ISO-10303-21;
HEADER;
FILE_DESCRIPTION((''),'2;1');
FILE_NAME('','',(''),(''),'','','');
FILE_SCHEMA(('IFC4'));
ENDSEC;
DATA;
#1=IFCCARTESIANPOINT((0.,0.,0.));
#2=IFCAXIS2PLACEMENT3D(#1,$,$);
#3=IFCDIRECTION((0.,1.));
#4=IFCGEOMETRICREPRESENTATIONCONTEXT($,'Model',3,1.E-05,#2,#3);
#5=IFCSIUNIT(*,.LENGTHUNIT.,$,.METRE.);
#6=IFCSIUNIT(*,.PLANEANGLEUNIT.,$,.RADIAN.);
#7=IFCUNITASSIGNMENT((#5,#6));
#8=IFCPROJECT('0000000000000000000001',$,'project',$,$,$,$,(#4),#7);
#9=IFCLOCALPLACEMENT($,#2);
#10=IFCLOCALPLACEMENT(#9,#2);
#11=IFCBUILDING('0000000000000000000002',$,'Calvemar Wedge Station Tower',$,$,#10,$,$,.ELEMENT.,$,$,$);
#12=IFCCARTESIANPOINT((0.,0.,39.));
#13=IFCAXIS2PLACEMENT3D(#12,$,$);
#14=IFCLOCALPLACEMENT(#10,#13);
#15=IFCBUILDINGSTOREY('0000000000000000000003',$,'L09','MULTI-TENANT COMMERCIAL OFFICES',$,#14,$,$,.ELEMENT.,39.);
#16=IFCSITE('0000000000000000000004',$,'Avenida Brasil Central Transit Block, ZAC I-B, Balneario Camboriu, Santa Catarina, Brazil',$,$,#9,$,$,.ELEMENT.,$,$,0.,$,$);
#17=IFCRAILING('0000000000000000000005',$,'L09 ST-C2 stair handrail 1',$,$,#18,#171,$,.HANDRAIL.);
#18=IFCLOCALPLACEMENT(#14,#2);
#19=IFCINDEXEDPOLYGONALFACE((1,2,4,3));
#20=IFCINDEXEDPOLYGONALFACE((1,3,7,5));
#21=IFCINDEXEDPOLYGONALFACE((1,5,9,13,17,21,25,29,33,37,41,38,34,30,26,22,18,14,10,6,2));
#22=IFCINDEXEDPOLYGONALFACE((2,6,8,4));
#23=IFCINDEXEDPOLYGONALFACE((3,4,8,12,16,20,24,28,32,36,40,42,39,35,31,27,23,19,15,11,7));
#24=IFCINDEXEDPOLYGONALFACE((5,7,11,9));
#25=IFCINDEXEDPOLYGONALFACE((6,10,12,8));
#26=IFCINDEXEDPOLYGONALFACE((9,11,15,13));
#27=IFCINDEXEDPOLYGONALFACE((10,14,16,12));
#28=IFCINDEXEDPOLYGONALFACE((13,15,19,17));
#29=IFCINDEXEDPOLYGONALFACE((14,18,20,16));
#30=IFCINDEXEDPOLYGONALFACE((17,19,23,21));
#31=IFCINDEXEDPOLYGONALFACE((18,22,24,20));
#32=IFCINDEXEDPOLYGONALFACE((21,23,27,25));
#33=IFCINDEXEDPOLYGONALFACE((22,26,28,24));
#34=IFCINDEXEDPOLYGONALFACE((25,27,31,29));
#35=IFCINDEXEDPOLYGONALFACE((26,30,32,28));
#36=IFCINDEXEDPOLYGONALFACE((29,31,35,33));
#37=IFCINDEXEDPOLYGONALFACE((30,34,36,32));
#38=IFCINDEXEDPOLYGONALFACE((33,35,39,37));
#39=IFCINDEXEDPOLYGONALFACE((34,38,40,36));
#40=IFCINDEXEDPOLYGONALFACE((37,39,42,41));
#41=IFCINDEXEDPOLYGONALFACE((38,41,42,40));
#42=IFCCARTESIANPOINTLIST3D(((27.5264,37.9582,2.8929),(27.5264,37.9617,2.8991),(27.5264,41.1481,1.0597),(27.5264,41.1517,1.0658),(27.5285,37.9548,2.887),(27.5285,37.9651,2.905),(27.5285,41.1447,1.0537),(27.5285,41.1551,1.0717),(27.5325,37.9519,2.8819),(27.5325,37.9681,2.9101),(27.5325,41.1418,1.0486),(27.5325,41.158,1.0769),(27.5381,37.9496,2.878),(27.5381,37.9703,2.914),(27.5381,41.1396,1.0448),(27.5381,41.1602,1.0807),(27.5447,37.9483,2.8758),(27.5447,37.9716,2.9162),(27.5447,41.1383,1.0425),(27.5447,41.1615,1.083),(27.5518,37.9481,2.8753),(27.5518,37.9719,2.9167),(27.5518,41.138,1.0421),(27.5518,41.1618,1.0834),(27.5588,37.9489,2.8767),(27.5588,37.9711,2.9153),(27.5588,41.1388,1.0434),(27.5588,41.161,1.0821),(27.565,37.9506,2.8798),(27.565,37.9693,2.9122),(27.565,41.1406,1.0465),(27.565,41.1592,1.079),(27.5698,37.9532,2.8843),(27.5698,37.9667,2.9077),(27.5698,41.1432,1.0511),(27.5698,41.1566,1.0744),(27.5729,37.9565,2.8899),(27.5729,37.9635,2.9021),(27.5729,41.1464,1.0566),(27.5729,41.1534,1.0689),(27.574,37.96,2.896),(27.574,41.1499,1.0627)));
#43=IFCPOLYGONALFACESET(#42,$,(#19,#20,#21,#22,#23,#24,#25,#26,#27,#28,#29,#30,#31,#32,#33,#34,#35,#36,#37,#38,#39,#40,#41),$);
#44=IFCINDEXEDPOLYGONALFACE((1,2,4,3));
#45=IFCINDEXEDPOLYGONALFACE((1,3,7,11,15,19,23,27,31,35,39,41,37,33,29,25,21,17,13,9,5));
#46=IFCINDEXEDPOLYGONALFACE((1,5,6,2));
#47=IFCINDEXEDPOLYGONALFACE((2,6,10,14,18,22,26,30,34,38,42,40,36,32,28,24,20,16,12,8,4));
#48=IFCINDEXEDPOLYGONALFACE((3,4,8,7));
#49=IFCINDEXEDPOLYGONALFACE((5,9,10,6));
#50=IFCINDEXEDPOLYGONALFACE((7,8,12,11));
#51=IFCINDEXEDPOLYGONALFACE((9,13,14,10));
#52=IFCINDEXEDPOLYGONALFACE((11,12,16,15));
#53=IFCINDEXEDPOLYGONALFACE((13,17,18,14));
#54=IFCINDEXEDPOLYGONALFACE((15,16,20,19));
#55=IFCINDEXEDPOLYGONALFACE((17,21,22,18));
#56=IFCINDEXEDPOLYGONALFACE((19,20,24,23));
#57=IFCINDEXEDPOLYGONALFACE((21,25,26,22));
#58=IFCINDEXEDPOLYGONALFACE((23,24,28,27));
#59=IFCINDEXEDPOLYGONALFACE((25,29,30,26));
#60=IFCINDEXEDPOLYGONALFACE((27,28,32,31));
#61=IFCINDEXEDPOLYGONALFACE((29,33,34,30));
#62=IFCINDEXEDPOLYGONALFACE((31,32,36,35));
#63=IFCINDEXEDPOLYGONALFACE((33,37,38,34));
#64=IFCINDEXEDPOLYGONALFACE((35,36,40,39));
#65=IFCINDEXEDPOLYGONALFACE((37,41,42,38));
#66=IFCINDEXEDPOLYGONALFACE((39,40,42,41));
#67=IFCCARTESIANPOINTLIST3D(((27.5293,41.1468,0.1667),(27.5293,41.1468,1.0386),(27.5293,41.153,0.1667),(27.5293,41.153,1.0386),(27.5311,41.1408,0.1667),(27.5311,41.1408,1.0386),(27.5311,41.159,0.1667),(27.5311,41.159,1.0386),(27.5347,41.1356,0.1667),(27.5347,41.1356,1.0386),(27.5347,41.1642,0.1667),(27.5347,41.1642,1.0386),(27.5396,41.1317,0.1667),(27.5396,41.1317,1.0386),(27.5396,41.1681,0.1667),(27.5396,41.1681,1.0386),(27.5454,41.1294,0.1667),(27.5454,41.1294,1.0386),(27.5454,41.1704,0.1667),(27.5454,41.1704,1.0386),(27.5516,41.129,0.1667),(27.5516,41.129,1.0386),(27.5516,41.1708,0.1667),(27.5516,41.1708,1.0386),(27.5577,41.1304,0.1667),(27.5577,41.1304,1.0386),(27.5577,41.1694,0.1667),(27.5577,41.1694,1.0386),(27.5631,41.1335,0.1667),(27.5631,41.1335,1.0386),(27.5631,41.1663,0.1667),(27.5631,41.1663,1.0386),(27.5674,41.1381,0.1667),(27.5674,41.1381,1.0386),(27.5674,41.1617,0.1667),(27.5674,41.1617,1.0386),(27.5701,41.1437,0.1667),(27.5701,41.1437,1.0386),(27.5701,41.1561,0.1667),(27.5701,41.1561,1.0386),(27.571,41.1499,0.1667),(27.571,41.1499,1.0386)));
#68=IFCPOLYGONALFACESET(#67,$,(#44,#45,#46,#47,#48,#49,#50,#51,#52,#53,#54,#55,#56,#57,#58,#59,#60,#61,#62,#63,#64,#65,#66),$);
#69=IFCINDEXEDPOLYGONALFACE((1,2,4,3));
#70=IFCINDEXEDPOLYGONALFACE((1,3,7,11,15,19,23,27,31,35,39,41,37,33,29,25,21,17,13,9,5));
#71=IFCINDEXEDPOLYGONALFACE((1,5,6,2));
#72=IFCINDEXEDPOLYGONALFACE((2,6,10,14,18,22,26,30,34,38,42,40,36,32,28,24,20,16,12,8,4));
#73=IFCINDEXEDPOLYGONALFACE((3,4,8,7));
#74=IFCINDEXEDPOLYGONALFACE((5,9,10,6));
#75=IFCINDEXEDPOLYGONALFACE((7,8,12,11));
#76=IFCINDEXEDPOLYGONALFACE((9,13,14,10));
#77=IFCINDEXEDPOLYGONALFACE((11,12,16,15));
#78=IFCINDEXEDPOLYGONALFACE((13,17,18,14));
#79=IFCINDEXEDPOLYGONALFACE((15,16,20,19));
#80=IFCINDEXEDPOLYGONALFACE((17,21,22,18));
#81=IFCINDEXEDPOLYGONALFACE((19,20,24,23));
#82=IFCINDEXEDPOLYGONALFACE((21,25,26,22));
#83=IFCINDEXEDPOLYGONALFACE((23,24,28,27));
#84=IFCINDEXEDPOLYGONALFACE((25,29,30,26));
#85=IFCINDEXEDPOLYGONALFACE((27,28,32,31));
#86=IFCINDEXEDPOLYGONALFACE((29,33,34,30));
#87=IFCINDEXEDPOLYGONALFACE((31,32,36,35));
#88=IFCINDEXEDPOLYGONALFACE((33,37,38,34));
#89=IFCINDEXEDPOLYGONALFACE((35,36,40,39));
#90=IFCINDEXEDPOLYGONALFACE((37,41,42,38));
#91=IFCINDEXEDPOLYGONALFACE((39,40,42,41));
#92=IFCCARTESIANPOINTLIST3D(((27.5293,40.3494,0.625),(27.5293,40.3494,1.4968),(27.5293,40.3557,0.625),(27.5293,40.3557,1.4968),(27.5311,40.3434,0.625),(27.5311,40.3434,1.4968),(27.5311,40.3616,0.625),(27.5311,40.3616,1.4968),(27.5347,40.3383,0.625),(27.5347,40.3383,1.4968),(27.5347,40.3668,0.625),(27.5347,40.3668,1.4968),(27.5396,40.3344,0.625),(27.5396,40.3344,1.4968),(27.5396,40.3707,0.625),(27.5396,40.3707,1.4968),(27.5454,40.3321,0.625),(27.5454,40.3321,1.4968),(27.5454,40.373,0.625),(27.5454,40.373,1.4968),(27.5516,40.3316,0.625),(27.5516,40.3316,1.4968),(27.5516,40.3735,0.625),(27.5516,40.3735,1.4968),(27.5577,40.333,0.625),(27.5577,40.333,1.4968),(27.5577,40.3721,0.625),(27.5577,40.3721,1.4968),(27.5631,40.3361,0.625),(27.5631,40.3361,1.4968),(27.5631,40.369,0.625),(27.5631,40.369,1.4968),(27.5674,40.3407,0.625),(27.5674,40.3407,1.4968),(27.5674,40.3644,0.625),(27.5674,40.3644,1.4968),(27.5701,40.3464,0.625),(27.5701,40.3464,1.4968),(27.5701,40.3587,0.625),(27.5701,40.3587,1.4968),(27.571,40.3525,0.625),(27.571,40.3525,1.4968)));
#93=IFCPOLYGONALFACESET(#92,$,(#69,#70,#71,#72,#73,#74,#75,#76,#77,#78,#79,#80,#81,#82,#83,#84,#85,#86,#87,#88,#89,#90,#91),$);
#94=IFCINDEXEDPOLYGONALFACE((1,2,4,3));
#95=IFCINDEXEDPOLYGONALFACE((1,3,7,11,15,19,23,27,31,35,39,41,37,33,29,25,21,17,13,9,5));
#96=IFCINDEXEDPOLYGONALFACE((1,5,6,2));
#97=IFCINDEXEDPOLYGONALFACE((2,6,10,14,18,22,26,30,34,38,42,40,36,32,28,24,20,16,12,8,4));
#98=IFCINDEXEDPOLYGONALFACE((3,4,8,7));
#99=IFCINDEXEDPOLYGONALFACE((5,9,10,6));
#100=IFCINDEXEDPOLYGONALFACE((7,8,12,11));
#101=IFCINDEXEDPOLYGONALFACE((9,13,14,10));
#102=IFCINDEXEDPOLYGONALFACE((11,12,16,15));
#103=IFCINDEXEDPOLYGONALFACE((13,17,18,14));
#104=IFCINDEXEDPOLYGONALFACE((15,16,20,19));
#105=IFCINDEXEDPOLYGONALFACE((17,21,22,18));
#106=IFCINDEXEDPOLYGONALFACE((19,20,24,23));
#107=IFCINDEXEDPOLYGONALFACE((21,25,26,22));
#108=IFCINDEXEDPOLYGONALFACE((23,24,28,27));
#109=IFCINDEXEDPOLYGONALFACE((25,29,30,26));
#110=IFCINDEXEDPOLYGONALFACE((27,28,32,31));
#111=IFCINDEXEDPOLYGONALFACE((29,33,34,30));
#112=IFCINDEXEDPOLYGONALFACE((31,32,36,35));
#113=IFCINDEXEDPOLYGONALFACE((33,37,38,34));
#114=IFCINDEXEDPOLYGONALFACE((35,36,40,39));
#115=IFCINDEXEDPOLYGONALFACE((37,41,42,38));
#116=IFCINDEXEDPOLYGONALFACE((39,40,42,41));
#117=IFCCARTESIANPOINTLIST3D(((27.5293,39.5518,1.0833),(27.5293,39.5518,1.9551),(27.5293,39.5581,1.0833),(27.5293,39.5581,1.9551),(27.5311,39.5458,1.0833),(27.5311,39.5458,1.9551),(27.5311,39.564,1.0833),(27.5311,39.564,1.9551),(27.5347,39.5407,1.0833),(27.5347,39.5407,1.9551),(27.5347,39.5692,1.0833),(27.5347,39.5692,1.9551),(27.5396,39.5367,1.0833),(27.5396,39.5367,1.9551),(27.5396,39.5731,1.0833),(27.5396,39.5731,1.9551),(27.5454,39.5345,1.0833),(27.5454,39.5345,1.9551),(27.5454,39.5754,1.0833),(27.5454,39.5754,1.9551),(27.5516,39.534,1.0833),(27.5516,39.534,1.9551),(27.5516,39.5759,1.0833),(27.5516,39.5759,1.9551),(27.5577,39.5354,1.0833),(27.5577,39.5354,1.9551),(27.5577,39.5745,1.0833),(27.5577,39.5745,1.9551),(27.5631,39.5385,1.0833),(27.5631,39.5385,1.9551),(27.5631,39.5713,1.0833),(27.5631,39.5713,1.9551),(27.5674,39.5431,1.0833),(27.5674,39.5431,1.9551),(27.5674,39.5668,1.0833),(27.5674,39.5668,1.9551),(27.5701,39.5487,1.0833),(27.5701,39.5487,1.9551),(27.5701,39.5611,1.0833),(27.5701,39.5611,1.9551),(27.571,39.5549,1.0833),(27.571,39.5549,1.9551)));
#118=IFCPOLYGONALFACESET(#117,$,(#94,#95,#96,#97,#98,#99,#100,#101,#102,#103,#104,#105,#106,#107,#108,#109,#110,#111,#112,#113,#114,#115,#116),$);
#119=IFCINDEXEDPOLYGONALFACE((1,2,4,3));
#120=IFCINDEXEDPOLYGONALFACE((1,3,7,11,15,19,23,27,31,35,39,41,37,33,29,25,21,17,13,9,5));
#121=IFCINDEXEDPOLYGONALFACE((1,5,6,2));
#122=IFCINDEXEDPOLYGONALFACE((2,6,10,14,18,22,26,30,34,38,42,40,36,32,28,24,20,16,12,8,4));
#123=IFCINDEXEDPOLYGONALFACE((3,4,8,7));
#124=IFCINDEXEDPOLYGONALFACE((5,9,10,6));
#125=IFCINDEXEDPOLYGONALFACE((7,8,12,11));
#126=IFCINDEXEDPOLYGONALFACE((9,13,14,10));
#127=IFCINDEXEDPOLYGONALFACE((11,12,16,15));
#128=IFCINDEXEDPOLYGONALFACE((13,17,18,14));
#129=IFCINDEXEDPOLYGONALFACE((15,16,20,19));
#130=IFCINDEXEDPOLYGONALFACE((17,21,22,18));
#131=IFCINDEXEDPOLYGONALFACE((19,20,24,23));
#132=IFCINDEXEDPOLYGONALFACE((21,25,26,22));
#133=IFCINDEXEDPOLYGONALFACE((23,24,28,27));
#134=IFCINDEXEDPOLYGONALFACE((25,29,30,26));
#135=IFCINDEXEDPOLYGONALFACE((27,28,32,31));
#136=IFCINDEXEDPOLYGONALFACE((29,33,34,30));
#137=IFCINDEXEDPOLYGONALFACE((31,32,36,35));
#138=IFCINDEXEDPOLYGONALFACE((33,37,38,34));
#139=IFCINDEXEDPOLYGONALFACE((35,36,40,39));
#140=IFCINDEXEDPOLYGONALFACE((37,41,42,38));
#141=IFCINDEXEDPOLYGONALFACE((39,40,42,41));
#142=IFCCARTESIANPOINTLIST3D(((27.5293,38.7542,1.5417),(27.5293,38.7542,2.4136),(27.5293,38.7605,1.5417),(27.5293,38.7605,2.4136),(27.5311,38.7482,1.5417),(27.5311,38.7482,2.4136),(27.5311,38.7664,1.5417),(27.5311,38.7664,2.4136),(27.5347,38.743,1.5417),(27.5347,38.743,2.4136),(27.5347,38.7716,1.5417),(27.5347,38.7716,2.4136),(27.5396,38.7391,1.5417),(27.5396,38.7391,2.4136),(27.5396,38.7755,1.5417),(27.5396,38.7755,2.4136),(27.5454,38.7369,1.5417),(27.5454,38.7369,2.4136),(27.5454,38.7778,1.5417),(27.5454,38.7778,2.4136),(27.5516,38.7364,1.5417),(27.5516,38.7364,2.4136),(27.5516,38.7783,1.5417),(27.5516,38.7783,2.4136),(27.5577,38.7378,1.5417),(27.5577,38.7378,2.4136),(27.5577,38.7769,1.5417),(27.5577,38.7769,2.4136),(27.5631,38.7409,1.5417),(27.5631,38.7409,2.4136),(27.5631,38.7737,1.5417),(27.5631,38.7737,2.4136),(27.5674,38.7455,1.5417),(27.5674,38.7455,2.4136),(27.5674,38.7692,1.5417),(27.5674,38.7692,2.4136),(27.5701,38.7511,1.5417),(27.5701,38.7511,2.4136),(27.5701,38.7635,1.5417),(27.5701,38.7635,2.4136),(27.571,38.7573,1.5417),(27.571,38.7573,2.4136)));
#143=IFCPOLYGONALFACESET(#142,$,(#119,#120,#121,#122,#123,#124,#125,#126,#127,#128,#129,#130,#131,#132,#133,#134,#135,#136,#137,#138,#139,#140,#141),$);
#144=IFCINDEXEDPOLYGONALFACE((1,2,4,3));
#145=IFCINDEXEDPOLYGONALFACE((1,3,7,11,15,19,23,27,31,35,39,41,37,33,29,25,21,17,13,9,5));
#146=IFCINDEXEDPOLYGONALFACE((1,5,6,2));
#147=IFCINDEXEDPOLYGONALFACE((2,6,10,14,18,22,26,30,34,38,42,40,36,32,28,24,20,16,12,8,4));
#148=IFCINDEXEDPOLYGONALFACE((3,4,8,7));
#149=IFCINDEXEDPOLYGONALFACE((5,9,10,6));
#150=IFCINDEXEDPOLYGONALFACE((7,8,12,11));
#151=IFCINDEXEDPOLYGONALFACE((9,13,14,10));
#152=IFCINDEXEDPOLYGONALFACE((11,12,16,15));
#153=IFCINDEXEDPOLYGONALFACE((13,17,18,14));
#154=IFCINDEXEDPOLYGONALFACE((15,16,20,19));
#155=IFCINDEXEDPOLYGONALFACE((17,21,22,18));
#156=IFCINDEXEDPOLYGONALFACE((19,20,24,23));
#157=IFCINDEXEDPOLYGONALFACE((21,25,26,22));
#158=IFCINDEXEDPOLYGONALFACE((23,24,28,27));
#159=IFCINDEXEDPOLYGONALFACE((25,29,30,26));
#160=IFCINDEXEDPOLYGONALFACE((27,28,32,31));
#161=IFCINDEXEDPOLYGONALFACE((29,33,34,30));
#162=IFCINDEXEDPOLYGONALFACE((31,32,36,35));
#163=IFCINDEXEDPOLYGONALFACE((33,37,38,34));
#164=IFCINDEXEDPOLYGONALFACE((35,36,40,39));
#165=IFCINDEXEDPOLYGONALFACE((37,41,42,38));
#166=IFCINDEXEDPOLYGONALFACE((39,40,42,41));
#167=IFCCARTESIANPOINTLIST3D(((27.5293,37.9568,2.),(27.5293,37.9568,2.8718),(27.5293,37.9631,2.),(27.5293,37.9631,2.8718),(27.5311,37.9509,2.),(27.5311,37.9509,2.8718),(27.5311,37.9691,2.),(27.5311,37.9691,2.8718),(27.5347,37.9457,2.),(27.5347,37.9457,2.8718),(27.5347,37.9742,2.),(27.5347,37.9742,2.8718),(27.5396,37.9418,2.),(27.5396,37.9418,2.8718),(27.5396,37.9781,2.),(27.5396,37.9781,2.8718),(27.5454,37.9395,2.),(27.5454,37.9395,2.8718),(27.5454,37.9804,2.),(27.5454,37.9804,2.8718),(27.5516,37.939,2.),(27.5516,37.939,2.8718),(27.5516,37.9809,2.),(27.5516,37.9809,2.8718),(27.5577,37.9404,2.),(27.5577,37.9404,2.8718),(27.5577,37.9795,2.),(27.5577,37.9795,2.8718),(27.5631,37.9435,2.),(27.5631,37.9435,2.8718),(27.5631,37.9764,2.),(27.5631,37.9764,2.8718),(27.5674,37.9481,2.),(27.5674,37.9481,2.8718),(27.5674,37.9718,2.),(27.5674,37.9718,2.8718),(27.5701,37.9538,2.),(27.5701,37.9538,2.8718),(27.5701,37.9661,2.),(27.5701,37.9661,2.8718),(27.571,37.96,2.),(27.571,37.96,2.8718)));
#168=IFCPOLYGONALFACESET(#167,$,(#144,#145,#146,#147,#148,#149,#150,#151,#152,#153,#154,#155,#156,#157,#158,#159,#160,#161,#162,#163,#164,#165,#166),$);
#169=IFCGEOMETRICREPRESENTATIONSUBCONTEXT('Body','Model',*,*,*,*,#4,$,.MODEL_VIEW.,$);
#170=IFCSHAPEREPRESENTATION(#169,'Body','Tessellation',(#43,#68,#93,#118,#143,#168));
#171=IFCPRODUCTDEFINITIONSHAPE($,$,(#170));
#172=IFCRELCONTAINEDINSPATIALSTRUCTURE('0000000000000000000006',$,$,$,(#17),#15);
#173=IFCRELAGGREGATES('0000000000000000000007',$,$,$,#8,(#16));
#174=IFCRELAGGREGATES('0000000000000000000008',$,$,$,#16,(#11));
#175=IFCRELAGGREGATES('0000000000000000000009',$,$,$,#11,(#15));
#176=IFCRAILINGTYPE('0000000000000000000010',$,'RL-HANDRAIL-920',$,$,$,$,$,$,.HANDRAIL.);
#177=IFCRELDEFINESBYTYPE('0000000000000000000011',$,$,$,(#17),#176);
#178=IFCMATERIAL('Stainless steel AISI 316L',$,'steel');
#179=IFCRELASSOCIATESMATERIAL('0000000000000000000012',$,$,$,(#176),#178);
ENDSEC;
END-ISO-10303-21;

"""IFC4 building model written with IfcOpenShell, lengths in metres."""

from ifc_helpers import new_model, si_unit, direction, frame, origin, origin_2d, place, context, subcontext, project, spatial, circle, extrude, material, type_object, element, save


model = new_model("IFC4")

# Units and contexts
model_context = context("Model", 3, precision=1e-05, world=origin(), true_north=direction((0.0, 1.0)))
body_context = subcontext(model_context, "Body", "Model", "MODEL_VIEW")
ifc_project = project(units=[si_unit("LENGTHUNIT", "METRE"), si_unit("PLANEANGLEUNIT", "RADIAN")], contexts=[model_context])

# Site, building, storey
site_placement = place(None, origin())
site = spatial("IfcSite", under=ifc_project, at=site_placement, Name="Avenida Brasil Central Transit Block, ZAC I-B, Balneario Camboriu, Santa Catarina, Brazil", CompositionType="ELEMENT", RefElevation=0.0)
building_placement = place(site_placement, origin())
building = spatial("IfcBuilding", under=site, at=building_placement, Name="Calvemar Wedge Station Tower", CompositionType="ELEMENT")
storey_placement = place(building_placement, frame((0.0, 0.0, 39.0)))
storey = spatial("IfcBuildingStorey", under=building, at=storey_placement, Name="L09", Description="MULTI-TENANT COMMERCIAL OFFICES", CompositionType="ELEMENT", Elevation=39.0)

# Railing
ifc_material_1 = material(Name="Stainless steel AISI 316L", Category="steel")
railing_type_1 = type_object("IfcRailingType", Name="RL-HANDRAIL-920", PredefinedType="HANDRAIL", material=ifc_material_1)
railing_1_placement = place(storey_placement, frame((27.55, 41.1499, 0.1667)))
element("IfcRailing", 1, at=railing_1_placement, inside=storey, type_object=railing_type_1, Name="L09 ST-C2 stair handrail 1", PredefinedType="HANDRAIL", context=body_context, shape_type="SweptSolid", body=[
    extrude(circle(Radius=0.0239, at=origin_2d()), frame((0.0, 0.0, 0.896), z_axis=(0.0, -0.86702, 0.498274), x_axis=(1.0, 0.0, 0.0)), (0.0, 0.0, 1.0), 3.6792),
    extrude(circle(Radius=0.021, at=origin_2d()), origin(), (0.0, 0.0, 1.0), 0.8718),
    extrude(circle(Radius=0.021, at=origin_2d()), frame((0.0, -0.7974, 0.4583)), (0.0, 0.0, 1.0), 0.8718),
    extrude(circle(Radius=0.021, at=origin_2d()), frame((0.0, -1.595, 0.9165)), (0.0, 0.0, 1.0), 0.8718),
    extrude(circle(Radius=0.021, at=origin_2d()), frame((0.0, -2.3926, 1.375)), (0.0, 0.0, 1.0), 0.8718),
    extrude(circle(Radius=0.021, at=origin_2d()), frame((0.0, -3.1899, 1.8333)), (0.0, 0.0, 1.0), 0.8718),
])

save(model, "model.ifc")
